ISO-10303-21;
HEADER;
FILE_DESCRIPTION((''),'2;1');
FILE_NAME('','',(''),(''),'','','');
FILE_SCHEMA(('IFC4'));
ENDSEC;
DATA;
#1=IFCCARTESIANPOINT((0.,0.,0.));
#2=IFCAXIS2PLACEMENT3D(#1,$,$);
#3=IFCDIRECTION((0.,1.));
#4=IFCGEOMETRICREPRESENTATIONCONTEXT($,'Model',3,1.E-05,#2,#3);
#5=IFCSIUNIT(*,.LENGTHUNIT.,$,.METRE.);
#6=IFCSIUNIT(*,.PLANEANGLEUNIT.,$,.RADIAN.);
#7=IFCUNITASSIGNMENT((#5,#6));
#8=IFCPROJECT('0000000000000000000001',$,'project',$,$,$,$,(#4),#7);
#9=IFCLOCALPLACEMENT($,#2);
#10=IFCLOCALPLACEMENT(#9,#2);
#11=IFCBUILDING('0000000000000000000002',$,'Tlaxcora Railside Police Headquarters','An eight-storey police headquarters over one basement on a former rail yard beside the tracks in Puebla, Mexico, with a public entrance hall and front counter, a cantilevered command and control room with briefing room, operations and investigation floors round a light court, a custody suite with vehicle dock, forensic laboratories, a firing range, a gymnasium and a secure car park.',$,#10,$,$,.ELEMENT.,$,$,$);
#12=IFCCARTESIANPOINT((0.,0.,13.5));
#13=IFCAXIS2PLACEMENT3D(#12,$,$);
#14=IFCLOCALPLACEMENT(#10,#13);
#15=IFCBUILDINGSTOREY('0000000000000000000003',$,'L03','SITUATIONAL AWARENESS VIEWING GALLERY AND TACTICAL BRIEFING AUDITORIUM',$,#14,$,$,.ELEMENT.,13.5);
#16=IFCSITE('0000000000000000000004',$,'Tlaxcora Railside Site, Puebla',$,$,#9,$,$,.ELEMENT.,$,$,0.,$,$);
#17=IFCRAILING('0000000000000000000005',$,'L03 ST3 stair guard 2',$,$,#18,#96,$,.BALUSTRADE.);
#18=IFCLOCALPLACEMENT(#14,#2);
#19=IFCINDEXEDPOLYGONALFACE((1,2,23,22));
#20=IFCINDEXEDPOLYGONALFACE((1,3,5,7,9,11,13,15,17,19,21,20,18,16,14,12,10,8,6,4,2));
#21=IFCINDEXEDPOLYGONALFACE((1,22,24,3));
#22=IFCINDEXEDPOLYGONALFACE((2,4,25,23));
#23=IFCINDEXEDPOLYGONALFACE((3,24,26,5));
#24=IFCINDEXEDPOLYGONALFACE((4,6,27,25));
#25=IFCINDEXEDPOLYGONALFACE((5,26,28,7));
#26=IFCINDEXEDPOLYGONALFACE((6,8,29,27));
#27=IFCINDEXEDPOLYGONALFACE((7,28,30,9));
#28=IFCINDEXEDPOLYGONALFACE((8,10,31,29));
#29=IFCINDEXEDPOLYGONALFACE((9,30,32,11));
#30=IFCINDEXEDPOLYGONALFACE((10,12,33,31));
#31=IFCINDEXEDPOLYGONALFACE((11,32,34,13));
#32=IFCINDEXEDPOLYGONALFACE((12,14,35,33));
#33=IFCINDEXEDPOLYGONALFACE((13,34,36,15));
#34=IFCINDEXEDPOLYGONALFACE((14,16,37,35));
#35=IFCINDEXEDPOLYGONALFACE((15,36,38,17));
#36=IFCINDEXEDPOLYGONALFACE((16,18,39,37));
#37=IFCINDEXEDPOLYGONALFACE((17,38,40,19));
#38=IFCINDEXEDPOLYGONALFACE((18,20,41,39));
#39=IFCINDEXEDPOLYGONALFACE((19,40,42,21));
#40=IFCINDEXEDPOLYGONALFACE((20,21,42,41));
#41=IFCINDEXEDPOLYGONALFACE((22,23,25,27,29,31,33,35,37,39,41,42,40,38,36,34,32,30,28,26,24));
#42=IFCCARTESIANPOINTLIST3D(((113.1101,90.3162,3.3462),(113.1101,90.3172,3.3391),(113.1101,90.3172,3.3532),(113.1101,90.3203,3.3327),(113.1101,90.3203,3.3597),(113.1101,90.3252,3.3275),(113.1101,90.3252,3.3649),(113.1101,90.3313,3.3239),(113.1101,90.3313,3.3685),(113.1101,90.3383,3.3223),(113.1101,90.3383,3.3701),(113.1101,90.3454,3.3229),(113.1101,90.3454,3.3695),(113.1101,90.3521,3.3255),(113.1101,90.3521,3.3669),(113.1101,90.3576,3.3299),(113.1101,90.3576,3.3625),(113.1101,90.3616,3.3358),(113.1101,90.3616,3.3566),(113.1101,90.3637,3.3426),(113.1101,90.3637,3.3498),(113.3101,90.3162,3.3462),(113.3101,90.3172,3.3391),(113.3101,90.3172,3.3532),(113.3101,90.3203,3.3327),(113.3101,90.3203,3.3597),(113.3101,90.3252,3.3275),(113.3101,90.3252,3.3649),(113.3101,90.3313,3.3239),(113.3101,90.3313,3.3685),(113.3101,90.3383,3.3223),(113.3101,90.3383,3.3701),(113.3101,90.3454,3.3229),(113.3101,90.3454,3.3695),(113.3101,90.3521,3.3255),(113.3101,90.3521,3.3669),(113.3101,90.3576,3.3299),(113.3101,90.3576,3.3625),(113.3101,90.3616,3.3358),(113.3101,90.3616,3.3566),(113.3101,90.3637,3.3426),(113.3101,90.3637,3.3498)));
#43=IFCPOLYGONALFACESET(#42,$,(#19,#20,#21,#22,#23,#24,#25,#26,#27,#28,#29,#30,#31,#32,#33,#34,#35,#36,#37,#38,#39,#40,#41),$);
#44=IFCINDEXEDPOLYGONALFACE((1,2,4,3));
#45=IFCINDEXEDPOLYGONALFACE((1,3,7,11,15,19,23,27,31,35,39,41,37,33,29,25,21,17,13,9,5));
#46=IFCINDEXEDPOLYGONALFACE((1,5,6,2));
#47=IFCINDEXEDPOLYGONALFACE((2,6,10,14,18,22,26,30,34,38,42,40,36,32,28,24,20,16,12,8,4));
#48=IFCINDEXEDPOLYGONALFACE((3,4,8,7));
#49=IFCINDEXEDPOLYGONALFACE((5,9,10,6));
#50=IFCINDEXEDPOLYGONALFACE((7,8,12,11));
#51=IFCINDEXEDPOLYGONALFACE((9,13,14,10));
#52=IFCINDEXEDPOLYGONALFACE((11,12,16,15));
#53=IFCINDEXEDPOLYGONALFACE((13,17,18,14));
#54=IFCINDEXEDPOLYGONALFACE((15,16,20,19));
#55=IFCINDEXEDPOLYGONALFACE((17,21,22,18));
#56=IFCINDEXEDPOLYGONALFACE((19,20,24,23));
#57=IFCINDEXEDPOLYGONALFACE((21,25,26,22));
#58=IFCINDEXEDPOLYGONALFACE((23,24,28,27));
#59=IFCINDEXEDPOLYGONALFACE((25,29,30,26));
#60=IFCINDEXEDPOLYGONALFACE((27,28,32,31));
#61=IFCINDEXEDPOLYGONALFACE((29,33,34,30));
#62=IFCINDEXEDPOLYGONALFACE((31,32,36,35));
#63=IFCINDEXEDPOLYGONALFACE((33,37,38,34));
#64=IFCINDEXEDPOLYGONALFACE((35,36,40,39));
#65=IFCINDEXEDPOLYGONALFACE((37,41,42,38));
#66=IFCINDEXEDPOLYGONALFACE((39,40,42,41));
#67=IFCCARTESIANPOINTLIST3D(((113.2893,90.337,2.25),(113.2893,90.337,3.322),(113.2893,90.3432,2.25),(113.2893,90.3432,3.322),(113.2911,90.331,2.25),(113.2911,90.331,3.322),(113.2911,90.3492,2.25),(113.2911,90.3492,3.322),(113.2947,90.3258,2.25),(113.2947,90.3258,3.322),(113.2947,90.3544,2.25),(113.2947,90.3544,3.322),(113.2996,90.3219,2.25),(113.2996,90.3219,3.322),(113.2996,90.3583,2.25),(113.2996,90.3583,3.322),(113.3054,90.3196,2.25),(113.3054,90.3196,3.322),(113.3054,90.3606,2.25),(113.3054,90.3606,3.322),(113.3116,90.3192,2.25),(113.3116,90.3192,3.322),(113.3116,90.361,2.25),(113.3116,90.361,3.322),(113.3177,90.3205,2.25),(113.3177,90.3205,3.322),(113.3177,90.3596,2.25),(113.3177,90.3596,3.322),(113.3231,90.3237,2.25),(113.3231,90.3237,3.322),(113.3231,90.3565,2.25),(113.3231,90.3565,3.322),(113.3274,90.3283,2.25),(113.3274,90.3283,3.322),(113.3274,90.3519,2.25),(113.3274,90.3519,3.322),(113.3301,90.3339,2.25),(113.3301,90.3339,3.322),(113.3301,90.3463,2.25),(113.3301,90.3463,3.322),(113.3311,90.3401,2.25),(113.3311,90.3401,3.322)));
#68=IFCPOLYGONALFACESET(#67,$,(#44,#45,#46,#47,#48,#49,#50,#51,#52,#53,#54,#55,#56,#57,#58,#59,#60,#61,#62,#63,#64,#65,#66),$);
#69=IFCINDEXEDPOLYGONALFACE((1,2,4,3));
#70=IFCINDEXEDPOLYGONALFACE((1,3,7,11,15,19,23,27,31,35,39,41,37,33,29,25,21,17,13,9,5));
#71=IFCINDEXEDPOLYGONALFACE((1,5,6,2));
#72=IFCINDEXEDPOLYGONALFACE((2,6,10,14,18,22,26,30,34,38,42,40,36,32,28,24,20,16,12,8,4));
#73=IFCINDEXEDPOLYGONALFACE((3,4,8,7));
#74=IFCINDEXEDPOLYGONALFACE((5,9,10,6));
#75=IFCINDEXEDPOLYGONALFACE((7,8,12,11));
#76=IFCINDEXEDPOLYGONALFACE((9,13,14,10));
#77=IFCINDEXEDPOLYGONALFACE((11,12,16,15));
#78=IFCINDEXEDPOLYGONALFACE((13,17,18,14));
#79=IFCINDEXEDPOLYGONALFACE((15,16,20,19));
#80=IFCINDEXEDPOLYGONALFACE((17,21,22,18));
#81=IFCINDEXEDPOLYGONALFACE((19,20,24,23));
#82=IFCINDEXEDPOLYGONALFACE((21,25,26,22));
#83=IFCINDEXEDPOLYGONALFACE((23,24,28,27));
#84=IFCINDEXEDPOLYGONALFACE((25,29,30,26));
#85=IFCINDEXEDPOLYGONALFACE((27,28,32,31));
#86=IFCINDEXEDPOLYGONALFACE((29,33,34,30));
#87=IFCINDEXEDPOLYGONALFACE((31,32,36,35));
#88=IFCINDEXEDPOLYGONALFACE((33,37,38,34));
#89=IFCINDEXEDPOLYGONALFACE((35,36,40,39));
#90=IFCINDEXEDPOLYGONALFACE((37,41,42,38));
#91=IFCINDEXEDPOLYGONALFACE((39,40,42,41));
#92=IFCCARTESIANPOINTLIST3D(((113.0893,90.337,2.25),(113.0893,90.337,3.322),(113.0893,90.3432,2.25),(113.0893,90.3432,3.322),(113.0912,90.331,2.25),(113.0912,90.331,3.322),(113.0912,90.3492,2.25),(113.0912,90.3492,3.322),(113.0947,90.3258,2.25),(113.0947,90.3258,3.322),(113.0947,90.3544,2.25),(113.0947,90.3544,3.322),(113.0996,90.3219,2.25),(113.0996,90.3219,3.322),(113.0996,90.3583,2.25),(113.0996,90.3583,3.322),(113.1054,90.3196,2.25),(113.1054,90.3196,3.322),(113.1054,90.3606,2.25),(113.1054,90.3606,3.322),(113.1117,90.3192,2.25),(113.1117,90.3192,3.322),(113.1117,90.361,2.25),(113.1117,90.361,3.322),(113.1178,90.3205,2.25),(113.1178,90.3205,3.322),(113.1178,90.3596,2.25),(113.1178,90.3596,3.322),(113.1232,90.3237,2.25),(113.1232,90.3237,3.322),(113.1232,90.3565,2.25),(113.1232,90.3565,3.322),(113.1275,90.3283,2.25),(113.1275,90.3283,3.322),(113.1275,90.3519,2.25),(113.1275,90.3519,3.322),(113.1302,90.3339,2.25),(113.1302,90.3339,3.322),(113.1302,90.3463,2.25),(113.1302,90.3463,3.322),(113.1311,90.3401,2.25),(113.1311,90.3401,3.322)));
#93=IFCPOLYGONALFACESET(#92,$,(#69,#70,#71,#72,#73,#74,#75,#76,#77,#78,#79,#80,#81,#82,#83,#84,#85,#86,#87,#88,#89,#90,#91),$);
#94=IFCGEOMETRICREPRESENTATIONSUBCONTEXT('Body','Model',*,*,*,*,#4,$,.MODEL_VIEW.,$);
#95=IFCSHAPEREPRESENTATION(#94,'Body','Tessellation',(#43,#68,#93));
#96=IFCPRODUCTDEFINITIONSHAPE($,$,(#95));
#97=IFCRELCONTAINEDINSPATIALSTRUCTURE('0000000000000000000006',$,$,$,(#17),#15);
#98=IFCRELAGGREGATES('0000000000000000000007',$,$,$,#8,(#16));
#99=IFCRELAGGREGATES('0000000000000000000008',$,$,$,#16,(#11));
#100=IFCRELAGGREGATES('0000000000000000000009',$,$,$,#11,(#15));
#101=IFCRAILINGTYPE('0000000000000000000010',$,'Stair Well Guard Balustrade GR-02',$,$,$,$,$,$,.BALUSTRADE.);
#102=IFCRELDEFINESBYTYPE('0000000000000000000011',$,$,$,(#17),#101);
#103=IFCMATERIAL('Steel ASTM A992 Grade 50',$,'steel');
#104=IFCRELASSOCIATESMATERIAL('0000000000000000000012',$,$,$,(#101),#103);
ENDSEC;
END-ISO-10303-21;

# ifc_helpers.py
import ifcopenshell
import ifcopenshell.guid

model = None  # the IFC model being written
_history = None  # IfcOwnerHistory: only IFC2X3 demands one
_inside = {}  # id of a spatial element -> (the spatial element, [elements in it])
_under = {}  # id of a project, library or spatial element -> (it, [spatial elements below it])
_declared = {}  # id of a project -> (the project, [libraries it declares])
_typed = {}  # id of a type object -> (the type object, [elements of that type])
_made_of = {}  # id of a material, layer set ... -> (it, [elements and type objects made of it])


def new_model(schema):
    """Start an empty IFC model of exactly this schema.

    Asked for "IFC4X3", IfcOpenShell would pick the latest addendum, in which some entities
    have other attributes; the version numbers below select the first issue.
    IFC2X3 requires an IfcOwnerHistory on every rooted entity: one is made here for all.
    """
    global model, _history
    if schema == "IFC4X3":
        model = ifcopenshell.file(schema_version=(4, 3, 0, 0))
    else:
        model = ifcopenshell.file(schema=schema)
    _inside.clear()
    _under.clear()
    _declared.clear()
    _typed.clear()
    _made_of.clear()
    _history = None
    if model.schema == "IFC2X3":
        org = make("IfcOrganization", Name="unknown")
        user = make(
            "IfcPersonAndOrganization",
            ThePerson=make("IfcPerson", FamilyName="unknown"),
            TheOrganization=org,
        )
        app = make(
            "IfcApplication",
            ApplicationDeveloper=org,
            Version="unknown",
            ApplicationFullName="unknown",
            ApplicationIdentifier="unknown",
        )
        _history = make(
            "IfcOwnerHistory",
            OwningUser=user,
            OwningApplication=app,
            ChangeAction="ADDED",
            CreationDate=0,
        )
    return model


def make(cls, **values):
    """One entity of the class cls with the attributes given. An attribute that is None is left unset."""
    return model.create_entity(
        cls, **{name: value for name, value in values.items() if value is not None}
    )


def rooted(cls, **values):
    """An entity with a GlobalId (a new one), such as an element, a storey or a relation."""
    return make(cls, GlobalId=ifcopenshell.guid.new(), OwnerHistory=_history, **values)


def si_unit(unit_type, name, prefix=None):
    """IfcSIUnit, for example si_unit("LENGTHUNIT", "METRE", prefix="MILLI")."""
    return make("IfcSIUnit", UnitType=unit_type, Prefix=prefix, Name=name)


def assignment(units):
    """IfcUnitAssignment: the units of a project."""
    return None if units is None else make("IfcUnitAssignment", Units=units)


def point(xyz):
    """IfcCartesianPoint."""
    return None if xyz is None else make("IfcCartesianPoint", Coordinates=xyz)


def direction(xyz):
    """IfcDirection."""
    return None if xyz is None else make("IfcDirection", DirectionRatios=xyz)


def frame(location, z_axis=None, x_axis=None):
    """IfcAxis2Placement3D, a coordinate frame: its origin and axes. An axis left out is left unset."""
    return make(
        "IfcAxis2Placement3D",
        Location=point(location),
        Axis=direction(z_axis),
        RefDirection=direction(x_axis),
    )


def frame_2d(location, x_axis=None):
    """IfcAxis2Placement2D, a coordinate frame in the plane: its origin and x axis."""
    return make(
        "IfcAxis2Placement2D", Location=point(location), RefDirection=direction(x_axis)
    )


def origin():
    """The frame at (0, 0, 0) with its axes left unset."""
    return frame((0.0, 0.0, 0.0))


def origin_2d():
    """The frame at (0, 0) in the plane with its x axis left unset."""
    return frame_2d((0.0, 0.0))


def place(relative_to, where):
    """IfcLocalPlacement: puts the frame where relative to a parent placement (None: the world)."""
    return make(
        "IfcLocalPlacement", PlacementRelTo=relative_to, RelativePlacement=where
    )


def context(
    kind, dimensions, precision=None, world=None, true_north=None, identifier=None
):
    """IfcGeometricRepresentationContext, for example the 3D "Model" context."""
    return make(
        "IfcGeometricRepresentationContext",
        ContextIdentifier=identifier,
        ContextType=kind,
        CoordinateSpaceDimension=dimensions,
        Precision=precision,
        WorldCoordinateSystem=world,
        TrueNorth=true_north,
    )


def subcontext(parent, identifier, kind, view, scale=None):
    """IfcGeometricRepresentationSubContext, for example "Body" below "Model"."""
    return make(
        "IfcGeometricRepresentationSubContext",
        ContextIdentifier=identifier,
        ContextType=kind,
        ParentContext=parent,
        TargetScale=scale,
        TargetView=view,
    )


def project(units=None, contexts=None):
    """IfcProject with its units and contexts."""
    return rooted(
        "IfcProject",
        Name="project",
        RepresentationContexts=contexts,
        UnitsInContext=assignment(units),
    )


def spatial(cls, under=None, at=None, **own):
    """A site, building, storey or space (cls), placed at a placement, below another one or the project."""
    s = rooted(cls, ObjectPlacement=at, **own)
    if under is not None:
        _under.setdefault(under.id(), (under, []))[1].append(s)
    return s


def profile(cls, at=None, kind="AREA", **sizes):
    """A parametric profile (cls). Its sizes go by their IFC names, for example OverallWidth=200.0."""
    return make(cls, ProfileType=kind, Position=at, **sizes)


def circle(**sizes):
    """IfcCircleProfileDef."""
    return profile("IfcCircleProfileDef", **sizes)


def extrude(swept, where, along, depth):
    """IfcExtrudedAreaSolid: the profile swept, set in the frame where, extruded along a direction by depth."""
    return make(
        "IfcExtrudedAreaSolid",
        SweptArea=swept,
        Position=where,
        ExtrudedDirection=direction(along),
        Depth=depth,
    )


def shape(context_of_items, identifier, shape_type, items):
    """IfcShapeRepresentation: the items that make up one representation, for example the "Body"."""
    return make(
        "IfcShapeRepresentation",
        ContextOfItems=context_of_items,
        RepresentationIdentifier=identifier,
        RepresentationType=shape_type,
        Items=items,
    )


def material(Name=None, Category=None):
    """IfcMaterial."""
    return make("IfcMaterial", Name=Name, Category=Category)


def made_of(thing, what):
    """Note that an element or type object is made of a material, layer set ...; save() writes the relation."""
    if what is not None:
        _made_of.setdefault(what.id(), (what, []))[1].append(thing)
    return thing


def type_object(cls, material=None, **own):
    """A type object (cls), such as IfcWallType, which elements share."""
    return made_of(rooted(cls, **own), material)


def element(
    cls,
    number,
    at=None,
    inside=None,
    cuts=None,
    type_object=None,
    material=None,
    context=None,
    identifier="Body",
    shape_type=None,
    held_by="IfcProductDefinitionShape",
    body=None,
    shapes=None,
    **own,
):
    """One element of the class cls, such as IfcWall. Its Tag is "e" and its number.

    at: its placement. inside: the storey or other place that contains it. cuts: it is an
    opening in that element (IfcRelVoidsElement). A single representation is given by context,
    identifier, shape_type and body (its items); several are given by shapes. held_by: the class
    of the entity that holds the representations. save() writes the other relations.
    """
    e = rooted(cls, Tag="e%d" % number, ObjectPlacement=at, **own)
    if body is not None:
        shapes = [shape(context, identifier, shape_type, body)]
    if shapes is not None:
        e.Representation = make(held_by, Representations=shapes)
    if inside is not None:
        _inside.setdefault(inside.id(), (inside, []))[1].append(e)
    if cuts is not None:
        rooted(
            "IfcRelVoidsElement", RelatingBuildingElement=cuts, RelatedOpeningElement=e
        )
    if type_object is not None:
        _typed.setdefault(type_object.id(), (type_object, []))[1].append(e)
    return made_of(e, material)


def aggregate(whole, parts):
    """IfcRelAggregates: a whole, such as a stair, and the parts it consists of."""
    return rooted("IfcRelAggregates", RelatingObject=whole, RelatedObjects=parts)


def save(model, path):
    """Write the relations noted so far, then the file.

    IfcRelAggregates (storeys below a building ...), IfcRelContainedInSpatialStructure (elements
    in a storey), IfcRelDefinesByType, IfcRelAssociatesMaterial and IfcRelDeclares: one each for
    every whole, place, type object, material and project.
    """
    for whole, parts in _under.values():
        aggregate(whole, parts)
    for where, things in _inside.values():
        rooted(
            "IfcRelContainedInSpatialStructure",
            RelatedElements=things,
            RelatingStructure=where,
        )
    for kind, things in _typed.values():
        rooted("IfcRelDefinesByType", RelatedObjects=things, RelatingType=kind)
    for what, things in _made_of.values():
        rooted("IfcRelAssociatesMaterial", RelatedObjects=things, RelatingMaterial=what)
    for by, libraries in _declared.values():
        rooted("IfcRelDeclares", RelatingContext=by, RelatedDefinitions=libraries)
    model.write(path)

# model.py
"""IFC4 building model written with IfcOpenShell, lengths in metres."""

from ifc_helpers import new_model, si_unit, direction, frame, origin, origin_2d, place, context, subcontext, project, spatial, circle, extrude, material, type_object, element, save


model = new_model("IFC4")

# Units and contexts
model_context = context("Model", 3, precision=1e-05, world=origin(), true_north=direction((0.0, 1.0)))
body_context = subcontext(model_context, "Body", "Model", "MODEL_VIEW")
ifc_project = project(units=[si_unit("LENGTHUNIT", "METRE"), si_unit("PLANEANGLEUNIT", "RADIAN")], contexts=[model_context])

# Site, building, storey
site_placement = place(None, origin())
site = spatial("IfcSite", under=ifc_project, at=site_placement, Name="Tlaxcora Railside Site, Puebla", CompositionType="ELEMENT", RefElevation=0.0)
building_placement = place(site_placement, origin())
building = spatial("IfcBuilding", under=site, at=building_placement, Name="Tlaxcora Railside Police Headquarters", Description="An eight-storey police headquarters over one basement on a former rail yard beside the tracks in Puebla, Mexico, with a public entrance hall and front counter, a cantilevered command and control room with briefing room, operations and investigation floors round a light court, a custody suite with vehicle dock, forensic laboratories, a firing range, a gymnasium and a secure car park.", CompositionType="ELEMENT")
storey_placement = place(building_placement, frame((0.0, 0.0, 13.5)))
storey = spatial("IfcBuildingStorey", under=building, at=storey_placement, Name="L03", Description="SITUATIONAL AWARENESS VIEWING GALLERY AND TACTICAL BRIEFING AUDITORIUM", CompositionType="ELEMENT", Elevation=13.5)

# Shared definitions
ifc_material_1 = material(Name="Steel ASTM A992 Grade 50", Category="steel")

# Railing
railing_type_1 = type_object("IfcRailingType", Name="Stair Well Guard Balustrade GR-02", PredefinedType="BALUSTRADE", material=ifc_material_1)
railing_1_placement = place(storey_placement, frame((113.3101, 90.3401, 2.25)))
element("IfcRailing", 1, at=railing_1_placement, inside=storey, type_object=railing_type_1, Name="L03 ST3 stair guard 2", PredefinedType="BALUSTRADE", context=body_context, shape_type="SweptSolid", body=[
    extrude(circle(Radius=0.0239, at=origin_2d()), frame((0.0, 0.0, 1.0962), z_axis=(-1.0, 0.0, 0.0), x_axis=(0.0, -1.0, 0.0)), (0.0, 0.0, 1.0), 0.2),
    extrude(circle(Radius=0.021, at=origin_2d()), origin(), (0.0, 0.0, 1.0), 1.072),
    extrude(circle(Radius=0.021, at=origin_2d()), frame((-0.2, 0.0, 0.0)), (0.0, 0.0, 1.0), 1.072),
])

save(model, "model.ifc")
